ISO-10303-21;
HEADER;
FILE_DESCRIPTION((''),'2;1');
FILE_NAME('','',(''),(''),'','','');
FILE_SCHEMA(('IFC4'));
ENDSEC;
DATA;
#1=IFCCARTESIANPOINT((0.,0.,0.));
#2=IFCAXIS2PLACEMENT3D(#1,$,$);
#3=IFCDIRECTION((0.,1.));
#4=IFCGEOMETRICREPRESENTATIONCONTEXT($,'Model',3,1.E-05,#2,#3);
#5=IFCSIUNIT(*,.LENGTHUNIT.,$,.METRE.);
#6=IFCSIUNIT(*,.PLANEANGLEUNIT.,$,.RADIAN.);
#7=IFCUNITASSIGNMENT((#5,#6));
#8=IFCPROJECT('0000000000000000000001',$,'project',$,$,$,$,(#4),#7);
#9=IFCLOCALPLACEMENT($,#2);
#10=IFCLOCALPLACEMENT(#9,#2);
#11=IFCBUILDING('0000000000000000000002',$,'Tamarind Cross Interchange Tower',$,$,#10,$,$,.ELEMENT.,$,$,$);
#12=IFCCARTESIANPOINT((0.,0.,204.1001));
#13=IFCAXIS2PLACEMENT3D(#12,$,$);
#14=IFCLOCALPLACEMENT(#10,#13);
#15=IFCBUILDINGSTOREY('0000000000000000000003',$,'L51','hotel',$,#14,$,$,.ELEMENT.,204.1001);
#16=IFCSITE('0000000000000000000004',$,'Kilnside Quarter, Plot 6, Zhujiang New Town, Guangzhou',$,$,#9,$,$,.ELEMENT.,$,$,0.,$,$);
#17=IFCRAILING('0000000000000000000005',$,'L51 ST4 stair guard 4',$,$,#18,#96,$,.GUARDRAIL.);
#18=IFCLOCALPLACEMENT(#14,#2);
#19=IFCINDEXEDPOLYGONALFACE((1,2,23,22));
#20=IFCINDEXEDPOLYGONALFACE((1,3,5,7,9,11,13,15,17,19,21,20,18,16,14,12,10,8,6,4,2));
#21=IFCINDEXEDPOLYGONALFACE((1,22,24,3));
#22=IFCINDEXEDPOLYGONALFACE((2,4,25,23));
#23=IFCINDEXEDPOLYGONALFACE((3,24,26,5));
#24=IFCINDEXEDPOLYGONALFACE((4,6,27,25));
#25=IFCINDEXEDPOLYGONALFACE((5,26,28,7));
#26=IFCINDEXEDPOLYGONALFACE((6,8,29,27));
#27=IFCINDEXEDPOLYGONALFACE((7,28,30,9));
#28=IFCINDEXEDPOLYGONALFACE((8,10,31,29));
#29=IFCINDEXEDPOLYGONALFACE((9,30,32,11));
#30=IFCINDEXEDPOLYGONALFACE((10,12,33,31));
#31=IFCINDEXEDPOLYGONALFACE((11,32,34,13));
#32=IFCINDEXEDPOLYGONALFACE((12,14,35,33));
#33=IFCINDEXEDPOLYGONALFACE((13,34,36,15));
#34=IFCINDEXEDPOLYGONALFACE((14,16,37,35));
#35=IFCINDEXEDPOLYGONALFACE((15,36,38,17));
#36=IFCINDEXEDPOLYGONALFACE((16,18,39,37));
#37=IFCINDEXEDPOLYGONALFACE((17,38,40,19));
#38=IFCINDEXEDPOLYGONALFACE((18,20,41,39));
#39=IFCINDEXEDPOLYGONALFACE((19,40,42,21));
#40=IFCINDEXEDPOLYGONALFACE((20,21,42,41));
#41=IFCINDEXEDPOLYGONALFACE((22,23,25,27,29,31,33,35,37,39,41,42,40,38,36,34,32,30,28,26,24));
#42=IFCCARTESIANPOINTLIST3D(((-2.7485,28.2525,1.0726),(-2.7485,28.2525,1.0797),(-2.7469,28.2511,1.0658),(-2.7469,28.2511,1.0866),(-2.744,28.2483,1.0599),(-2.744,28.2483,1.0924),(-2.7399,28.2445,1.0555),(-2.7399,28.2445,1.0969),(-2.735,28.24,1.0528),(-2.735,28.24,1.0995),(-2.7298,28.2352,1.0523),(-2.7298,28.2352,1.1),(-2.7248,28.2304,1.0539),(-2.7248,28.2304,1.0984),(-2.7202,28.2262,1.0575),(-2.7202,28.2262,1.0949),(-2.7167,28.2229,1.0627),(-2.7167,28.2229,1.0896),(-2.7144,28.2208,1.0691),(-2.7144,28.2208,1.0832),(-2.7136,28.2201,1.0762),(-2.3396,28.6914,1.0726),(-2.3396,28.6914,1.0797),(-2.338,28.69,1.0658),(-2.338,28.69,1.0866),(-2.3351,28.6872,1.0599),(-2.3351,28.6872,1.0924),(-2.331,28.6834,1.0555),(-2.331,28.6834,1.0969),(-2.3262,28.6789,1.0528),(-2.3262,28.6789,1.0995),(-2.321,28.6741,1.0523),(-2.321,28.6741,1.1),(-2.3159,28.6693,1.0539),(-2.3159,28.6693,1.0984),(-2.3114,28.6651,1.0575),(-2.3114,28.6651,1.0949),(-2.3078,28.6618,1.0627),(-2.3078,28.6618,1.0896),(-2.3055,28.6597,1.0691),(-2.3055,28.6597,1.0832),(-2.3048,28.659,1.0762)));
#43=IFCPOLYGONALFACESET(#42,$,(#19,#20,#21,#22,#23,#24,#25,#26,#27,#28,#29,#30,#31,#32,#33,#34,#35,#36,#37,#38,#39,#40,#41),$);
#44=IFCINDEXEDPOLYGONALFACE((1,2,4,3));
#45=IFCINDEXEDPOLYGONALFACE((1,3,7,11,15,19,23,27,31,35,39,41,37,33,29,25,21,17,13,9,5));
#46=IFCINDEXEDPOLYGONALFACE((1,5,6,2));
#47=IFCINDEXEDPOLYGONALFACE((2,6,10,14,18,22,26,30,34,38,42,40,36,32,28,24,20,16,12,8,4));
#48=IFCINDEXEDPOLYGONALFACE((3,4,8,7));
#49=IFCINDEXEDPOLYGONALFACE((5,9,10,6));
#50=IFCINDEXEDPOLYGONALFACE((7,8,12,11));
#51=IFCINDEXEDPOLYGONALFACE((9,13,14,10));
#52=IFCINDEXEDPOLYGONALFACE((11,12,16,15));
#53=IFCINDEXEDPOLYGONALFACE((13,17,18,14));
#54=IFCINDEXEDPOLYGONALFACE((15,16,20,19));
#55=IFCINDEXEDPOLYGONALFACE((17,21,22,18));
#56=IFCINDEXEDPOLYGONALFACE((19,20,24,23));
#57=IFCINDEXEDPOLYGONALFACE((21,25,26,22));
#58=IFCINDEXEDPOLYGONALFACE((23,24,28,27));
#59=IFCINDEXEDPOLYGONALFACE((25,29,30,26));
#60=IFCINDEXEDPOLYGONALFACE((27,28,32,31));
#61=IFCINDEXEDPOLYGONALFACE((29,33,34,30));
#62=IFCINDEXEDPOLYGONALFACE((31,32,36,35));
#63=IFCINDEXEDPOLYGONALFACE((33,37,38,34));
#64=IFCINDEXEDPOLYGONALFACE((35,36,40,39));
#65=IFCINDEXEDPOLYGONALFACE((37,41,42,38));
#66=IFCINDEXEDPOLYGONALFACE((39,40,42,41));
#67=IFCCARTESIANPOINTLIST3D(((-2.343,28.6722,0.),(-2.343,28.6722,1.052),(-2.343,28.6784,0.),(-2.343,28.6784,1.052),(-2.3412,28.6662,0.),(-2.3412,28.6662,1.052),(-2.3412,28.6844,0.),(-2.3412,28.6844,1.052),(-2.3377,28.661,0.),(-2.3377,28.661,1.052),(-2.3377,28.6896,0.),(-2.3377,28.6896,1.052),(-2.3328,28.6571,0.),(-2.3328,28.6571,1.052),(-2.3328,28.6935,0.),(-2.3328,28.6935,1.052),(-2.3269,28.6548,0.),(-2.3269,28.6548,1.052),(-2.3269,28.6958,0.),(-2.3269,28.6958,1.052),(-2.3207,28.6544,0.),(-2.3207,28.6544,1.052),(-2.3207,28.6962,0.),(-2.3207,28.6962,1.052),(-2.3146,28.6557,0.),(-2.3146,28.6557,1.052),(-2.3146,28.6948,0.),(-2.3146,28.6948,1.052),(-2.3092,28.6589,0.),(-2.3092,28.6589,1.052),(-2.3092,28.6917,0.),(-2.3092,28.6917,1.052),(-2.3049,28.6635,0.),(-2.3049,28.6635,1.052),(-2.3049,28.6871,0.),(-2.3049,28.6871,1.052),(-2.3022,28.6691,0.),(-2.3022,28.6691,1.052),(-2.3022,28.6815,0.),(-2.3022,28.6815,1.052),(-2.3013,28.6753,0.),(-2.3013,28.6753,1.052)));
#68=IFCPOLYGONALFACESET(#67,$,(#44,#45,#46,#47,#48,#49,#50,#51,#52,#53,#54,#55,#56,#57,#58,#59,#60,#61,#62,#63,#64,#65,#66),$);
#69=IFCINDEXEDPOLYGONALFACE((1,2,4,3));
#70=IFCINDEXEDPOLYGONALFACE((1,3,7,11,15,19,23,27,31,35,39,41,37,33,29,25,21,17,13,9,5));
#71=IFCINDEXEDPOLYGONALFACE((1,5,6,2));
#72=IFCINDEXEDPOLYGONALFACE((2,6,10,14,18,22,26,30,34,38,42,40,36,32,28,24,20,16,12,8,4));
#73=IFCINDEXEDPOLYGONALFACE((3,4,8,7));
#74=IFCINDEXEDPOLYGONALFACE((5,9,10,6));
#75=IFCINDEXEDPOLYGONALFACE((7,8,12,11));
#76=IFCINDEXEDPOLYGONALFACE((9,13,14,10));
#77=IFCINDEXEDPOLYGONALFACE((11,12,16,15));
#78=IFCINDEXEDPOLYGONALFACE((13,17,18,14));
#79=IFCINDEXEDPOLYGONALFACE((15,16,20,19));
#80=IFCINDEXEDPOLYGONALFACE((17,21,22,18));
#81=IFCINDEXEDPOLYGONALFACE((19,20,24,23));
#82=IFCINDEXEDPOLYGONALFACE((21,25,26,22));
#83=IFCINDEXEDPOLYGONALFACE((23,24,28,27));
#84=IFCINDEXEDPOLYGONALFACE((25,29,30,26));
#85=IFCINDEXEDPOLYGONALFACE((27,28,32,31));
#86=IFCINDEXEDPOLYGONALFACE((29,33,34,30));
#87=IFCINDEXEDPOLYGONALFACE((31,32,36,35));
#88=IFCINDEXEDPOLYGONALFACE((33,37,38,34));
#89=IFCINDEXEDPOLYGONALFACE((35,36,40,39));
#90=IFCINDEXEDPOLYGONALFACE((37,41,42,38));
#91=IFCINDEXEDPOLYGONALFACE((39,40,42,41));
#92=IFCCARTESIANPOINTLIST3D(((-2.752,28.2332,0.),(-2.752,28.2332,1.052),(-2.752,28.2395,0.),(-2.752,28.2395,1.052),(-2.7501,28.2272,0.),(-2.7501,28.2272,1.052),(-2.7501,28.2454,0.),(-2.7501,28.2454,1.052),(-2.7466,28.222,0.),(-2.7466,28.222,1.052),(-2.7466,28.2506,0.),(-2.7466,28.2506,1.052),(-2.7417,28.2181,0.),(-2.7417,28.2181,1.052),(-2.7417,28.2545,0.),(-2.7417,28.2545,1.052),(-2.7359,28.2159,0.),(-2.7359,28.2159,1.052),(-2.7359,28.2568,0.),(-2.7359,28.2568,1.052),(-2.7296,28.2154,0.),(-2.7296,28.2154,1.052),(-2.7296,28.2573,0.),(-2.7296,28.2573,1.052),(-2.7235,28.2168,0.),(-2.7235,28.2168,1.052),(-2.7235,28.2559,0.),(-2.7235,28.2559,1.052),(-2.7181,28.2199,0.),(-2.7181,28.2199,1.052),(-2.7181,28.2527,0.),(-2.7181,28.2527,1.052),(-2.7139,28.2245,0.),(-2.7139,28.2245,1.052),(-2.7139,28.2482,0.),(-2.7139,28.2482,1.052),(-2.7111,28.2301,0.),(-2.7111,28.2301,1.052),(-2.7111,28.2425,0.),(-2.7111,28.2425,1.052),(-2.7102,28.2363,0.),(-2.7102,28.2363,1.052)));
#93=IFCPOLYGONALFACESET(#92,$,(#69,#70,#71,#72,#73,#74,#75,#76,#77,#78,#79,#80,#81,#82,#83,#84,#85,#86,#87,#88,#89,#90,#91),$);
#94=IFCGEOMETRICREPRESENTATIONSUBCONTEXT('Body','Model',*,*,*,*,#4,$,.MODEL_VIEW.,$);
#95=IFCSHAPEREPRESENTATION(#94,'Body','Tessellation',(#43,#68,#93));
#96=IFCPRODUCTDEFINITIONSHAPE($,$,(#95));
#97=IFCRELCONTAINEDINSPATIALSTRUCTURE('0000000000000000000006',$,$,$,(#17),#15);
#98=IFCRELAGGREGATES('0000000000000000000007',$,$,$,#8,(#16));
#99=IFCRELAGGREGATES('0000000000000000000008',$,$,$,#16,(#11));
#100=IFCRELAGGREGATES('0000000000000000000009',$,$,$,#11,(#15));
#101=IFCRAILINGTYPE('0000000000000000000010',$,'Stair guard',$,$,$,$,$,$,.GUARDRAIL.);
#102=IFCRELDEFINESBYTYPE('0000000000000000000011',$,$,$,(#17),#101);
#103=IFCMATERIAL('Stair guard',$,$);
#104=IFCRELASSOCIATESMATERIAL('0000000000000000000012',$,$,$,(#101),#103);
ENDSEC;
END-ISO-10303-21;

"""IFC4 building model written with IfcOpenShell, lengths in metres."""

from ifc_helpers import new_model, si_unit, direction, frame, origin, origin_2d, place, context, subcontext, project, spatial, circle, extrude, material, type_object, element, save


model = new_model("IFC4")

# Units and contexts
model_context = context("Model", 3, precision=1e-05, world=origin(), true_north=direction((0.0, 1.0)))
body_context = subcontext(model_context, "Body", "Model", "MODEL_VIEW")
ifc_project = project(units=[si_unit("LENGTHUNIT", "METRE"), si_unit("PLANEANGLEUNIT", "RADIAN")], contexts=[model_context])

# Site, building, storey
site_placement = place(None, origin())
site = spatial("IfcSite", under=ifc_project, at=site_placement, Name="Kilnside Quarter, Plot 6, Zhujiang New Town, Guangzhou", CompositionType="ELEMENT", RefElevation=0.0)
building_placement = place(site_placement, origin())
building = spatial("IfcBuilding", under=site, at=building_placement, Name="Tamarind Cross Interchange Tower", CompositionType="ELEMENT")
storey_placement = place(building_placement, frame((0.0, 0.0, 204.1001)))
storey = spatial("IfcBuildingStorey", under=building, at=storey_placement, Name="L51", Description="hotel", CompositionType="ELEMENT", Elevation=204.1001)

# Railing
ifc_material_1 = material(Name="Stair guard")
railing_type_1 = type_object("IfcRailingType", Name="Stair guard", PredefinedType="GUARDRAIL", material=ifc_material_1)
railing_1_placement = place(storey_placement, frame((-2.3223, 28.6753, 0.0)))
element("IfcRailing", 1, at=railing_1_placement, inside=storey, type_object=railing_type_1, Name="L51 ST4 stair guard 4", PredefinedType="GUARDRAIL", context=body_context, shape_type="SweptSolid", body=[
    extrude(circle(Radius=0.0239, at=origin_2d()), frame((0.0, 0.0, 1.0762), z_axis=(-0.681636, -0.731691, 0.0), x_axis=(0.731691, -0.681636, 0.0)), (0.0, 0.0, 1.0), 0.5999),
    extrude(circle(Radius=0.021, at=origin_2d()), origin(), (0.0, 0.0, 1.0), 1.052),
    extrude(circle(Radius=0.021, at=origin_2d()), frame((-0.4089, -0.439, 0.0)), (0.0, 0.0, 1.0), 1.052),
])

save(model, "model.ifc")
